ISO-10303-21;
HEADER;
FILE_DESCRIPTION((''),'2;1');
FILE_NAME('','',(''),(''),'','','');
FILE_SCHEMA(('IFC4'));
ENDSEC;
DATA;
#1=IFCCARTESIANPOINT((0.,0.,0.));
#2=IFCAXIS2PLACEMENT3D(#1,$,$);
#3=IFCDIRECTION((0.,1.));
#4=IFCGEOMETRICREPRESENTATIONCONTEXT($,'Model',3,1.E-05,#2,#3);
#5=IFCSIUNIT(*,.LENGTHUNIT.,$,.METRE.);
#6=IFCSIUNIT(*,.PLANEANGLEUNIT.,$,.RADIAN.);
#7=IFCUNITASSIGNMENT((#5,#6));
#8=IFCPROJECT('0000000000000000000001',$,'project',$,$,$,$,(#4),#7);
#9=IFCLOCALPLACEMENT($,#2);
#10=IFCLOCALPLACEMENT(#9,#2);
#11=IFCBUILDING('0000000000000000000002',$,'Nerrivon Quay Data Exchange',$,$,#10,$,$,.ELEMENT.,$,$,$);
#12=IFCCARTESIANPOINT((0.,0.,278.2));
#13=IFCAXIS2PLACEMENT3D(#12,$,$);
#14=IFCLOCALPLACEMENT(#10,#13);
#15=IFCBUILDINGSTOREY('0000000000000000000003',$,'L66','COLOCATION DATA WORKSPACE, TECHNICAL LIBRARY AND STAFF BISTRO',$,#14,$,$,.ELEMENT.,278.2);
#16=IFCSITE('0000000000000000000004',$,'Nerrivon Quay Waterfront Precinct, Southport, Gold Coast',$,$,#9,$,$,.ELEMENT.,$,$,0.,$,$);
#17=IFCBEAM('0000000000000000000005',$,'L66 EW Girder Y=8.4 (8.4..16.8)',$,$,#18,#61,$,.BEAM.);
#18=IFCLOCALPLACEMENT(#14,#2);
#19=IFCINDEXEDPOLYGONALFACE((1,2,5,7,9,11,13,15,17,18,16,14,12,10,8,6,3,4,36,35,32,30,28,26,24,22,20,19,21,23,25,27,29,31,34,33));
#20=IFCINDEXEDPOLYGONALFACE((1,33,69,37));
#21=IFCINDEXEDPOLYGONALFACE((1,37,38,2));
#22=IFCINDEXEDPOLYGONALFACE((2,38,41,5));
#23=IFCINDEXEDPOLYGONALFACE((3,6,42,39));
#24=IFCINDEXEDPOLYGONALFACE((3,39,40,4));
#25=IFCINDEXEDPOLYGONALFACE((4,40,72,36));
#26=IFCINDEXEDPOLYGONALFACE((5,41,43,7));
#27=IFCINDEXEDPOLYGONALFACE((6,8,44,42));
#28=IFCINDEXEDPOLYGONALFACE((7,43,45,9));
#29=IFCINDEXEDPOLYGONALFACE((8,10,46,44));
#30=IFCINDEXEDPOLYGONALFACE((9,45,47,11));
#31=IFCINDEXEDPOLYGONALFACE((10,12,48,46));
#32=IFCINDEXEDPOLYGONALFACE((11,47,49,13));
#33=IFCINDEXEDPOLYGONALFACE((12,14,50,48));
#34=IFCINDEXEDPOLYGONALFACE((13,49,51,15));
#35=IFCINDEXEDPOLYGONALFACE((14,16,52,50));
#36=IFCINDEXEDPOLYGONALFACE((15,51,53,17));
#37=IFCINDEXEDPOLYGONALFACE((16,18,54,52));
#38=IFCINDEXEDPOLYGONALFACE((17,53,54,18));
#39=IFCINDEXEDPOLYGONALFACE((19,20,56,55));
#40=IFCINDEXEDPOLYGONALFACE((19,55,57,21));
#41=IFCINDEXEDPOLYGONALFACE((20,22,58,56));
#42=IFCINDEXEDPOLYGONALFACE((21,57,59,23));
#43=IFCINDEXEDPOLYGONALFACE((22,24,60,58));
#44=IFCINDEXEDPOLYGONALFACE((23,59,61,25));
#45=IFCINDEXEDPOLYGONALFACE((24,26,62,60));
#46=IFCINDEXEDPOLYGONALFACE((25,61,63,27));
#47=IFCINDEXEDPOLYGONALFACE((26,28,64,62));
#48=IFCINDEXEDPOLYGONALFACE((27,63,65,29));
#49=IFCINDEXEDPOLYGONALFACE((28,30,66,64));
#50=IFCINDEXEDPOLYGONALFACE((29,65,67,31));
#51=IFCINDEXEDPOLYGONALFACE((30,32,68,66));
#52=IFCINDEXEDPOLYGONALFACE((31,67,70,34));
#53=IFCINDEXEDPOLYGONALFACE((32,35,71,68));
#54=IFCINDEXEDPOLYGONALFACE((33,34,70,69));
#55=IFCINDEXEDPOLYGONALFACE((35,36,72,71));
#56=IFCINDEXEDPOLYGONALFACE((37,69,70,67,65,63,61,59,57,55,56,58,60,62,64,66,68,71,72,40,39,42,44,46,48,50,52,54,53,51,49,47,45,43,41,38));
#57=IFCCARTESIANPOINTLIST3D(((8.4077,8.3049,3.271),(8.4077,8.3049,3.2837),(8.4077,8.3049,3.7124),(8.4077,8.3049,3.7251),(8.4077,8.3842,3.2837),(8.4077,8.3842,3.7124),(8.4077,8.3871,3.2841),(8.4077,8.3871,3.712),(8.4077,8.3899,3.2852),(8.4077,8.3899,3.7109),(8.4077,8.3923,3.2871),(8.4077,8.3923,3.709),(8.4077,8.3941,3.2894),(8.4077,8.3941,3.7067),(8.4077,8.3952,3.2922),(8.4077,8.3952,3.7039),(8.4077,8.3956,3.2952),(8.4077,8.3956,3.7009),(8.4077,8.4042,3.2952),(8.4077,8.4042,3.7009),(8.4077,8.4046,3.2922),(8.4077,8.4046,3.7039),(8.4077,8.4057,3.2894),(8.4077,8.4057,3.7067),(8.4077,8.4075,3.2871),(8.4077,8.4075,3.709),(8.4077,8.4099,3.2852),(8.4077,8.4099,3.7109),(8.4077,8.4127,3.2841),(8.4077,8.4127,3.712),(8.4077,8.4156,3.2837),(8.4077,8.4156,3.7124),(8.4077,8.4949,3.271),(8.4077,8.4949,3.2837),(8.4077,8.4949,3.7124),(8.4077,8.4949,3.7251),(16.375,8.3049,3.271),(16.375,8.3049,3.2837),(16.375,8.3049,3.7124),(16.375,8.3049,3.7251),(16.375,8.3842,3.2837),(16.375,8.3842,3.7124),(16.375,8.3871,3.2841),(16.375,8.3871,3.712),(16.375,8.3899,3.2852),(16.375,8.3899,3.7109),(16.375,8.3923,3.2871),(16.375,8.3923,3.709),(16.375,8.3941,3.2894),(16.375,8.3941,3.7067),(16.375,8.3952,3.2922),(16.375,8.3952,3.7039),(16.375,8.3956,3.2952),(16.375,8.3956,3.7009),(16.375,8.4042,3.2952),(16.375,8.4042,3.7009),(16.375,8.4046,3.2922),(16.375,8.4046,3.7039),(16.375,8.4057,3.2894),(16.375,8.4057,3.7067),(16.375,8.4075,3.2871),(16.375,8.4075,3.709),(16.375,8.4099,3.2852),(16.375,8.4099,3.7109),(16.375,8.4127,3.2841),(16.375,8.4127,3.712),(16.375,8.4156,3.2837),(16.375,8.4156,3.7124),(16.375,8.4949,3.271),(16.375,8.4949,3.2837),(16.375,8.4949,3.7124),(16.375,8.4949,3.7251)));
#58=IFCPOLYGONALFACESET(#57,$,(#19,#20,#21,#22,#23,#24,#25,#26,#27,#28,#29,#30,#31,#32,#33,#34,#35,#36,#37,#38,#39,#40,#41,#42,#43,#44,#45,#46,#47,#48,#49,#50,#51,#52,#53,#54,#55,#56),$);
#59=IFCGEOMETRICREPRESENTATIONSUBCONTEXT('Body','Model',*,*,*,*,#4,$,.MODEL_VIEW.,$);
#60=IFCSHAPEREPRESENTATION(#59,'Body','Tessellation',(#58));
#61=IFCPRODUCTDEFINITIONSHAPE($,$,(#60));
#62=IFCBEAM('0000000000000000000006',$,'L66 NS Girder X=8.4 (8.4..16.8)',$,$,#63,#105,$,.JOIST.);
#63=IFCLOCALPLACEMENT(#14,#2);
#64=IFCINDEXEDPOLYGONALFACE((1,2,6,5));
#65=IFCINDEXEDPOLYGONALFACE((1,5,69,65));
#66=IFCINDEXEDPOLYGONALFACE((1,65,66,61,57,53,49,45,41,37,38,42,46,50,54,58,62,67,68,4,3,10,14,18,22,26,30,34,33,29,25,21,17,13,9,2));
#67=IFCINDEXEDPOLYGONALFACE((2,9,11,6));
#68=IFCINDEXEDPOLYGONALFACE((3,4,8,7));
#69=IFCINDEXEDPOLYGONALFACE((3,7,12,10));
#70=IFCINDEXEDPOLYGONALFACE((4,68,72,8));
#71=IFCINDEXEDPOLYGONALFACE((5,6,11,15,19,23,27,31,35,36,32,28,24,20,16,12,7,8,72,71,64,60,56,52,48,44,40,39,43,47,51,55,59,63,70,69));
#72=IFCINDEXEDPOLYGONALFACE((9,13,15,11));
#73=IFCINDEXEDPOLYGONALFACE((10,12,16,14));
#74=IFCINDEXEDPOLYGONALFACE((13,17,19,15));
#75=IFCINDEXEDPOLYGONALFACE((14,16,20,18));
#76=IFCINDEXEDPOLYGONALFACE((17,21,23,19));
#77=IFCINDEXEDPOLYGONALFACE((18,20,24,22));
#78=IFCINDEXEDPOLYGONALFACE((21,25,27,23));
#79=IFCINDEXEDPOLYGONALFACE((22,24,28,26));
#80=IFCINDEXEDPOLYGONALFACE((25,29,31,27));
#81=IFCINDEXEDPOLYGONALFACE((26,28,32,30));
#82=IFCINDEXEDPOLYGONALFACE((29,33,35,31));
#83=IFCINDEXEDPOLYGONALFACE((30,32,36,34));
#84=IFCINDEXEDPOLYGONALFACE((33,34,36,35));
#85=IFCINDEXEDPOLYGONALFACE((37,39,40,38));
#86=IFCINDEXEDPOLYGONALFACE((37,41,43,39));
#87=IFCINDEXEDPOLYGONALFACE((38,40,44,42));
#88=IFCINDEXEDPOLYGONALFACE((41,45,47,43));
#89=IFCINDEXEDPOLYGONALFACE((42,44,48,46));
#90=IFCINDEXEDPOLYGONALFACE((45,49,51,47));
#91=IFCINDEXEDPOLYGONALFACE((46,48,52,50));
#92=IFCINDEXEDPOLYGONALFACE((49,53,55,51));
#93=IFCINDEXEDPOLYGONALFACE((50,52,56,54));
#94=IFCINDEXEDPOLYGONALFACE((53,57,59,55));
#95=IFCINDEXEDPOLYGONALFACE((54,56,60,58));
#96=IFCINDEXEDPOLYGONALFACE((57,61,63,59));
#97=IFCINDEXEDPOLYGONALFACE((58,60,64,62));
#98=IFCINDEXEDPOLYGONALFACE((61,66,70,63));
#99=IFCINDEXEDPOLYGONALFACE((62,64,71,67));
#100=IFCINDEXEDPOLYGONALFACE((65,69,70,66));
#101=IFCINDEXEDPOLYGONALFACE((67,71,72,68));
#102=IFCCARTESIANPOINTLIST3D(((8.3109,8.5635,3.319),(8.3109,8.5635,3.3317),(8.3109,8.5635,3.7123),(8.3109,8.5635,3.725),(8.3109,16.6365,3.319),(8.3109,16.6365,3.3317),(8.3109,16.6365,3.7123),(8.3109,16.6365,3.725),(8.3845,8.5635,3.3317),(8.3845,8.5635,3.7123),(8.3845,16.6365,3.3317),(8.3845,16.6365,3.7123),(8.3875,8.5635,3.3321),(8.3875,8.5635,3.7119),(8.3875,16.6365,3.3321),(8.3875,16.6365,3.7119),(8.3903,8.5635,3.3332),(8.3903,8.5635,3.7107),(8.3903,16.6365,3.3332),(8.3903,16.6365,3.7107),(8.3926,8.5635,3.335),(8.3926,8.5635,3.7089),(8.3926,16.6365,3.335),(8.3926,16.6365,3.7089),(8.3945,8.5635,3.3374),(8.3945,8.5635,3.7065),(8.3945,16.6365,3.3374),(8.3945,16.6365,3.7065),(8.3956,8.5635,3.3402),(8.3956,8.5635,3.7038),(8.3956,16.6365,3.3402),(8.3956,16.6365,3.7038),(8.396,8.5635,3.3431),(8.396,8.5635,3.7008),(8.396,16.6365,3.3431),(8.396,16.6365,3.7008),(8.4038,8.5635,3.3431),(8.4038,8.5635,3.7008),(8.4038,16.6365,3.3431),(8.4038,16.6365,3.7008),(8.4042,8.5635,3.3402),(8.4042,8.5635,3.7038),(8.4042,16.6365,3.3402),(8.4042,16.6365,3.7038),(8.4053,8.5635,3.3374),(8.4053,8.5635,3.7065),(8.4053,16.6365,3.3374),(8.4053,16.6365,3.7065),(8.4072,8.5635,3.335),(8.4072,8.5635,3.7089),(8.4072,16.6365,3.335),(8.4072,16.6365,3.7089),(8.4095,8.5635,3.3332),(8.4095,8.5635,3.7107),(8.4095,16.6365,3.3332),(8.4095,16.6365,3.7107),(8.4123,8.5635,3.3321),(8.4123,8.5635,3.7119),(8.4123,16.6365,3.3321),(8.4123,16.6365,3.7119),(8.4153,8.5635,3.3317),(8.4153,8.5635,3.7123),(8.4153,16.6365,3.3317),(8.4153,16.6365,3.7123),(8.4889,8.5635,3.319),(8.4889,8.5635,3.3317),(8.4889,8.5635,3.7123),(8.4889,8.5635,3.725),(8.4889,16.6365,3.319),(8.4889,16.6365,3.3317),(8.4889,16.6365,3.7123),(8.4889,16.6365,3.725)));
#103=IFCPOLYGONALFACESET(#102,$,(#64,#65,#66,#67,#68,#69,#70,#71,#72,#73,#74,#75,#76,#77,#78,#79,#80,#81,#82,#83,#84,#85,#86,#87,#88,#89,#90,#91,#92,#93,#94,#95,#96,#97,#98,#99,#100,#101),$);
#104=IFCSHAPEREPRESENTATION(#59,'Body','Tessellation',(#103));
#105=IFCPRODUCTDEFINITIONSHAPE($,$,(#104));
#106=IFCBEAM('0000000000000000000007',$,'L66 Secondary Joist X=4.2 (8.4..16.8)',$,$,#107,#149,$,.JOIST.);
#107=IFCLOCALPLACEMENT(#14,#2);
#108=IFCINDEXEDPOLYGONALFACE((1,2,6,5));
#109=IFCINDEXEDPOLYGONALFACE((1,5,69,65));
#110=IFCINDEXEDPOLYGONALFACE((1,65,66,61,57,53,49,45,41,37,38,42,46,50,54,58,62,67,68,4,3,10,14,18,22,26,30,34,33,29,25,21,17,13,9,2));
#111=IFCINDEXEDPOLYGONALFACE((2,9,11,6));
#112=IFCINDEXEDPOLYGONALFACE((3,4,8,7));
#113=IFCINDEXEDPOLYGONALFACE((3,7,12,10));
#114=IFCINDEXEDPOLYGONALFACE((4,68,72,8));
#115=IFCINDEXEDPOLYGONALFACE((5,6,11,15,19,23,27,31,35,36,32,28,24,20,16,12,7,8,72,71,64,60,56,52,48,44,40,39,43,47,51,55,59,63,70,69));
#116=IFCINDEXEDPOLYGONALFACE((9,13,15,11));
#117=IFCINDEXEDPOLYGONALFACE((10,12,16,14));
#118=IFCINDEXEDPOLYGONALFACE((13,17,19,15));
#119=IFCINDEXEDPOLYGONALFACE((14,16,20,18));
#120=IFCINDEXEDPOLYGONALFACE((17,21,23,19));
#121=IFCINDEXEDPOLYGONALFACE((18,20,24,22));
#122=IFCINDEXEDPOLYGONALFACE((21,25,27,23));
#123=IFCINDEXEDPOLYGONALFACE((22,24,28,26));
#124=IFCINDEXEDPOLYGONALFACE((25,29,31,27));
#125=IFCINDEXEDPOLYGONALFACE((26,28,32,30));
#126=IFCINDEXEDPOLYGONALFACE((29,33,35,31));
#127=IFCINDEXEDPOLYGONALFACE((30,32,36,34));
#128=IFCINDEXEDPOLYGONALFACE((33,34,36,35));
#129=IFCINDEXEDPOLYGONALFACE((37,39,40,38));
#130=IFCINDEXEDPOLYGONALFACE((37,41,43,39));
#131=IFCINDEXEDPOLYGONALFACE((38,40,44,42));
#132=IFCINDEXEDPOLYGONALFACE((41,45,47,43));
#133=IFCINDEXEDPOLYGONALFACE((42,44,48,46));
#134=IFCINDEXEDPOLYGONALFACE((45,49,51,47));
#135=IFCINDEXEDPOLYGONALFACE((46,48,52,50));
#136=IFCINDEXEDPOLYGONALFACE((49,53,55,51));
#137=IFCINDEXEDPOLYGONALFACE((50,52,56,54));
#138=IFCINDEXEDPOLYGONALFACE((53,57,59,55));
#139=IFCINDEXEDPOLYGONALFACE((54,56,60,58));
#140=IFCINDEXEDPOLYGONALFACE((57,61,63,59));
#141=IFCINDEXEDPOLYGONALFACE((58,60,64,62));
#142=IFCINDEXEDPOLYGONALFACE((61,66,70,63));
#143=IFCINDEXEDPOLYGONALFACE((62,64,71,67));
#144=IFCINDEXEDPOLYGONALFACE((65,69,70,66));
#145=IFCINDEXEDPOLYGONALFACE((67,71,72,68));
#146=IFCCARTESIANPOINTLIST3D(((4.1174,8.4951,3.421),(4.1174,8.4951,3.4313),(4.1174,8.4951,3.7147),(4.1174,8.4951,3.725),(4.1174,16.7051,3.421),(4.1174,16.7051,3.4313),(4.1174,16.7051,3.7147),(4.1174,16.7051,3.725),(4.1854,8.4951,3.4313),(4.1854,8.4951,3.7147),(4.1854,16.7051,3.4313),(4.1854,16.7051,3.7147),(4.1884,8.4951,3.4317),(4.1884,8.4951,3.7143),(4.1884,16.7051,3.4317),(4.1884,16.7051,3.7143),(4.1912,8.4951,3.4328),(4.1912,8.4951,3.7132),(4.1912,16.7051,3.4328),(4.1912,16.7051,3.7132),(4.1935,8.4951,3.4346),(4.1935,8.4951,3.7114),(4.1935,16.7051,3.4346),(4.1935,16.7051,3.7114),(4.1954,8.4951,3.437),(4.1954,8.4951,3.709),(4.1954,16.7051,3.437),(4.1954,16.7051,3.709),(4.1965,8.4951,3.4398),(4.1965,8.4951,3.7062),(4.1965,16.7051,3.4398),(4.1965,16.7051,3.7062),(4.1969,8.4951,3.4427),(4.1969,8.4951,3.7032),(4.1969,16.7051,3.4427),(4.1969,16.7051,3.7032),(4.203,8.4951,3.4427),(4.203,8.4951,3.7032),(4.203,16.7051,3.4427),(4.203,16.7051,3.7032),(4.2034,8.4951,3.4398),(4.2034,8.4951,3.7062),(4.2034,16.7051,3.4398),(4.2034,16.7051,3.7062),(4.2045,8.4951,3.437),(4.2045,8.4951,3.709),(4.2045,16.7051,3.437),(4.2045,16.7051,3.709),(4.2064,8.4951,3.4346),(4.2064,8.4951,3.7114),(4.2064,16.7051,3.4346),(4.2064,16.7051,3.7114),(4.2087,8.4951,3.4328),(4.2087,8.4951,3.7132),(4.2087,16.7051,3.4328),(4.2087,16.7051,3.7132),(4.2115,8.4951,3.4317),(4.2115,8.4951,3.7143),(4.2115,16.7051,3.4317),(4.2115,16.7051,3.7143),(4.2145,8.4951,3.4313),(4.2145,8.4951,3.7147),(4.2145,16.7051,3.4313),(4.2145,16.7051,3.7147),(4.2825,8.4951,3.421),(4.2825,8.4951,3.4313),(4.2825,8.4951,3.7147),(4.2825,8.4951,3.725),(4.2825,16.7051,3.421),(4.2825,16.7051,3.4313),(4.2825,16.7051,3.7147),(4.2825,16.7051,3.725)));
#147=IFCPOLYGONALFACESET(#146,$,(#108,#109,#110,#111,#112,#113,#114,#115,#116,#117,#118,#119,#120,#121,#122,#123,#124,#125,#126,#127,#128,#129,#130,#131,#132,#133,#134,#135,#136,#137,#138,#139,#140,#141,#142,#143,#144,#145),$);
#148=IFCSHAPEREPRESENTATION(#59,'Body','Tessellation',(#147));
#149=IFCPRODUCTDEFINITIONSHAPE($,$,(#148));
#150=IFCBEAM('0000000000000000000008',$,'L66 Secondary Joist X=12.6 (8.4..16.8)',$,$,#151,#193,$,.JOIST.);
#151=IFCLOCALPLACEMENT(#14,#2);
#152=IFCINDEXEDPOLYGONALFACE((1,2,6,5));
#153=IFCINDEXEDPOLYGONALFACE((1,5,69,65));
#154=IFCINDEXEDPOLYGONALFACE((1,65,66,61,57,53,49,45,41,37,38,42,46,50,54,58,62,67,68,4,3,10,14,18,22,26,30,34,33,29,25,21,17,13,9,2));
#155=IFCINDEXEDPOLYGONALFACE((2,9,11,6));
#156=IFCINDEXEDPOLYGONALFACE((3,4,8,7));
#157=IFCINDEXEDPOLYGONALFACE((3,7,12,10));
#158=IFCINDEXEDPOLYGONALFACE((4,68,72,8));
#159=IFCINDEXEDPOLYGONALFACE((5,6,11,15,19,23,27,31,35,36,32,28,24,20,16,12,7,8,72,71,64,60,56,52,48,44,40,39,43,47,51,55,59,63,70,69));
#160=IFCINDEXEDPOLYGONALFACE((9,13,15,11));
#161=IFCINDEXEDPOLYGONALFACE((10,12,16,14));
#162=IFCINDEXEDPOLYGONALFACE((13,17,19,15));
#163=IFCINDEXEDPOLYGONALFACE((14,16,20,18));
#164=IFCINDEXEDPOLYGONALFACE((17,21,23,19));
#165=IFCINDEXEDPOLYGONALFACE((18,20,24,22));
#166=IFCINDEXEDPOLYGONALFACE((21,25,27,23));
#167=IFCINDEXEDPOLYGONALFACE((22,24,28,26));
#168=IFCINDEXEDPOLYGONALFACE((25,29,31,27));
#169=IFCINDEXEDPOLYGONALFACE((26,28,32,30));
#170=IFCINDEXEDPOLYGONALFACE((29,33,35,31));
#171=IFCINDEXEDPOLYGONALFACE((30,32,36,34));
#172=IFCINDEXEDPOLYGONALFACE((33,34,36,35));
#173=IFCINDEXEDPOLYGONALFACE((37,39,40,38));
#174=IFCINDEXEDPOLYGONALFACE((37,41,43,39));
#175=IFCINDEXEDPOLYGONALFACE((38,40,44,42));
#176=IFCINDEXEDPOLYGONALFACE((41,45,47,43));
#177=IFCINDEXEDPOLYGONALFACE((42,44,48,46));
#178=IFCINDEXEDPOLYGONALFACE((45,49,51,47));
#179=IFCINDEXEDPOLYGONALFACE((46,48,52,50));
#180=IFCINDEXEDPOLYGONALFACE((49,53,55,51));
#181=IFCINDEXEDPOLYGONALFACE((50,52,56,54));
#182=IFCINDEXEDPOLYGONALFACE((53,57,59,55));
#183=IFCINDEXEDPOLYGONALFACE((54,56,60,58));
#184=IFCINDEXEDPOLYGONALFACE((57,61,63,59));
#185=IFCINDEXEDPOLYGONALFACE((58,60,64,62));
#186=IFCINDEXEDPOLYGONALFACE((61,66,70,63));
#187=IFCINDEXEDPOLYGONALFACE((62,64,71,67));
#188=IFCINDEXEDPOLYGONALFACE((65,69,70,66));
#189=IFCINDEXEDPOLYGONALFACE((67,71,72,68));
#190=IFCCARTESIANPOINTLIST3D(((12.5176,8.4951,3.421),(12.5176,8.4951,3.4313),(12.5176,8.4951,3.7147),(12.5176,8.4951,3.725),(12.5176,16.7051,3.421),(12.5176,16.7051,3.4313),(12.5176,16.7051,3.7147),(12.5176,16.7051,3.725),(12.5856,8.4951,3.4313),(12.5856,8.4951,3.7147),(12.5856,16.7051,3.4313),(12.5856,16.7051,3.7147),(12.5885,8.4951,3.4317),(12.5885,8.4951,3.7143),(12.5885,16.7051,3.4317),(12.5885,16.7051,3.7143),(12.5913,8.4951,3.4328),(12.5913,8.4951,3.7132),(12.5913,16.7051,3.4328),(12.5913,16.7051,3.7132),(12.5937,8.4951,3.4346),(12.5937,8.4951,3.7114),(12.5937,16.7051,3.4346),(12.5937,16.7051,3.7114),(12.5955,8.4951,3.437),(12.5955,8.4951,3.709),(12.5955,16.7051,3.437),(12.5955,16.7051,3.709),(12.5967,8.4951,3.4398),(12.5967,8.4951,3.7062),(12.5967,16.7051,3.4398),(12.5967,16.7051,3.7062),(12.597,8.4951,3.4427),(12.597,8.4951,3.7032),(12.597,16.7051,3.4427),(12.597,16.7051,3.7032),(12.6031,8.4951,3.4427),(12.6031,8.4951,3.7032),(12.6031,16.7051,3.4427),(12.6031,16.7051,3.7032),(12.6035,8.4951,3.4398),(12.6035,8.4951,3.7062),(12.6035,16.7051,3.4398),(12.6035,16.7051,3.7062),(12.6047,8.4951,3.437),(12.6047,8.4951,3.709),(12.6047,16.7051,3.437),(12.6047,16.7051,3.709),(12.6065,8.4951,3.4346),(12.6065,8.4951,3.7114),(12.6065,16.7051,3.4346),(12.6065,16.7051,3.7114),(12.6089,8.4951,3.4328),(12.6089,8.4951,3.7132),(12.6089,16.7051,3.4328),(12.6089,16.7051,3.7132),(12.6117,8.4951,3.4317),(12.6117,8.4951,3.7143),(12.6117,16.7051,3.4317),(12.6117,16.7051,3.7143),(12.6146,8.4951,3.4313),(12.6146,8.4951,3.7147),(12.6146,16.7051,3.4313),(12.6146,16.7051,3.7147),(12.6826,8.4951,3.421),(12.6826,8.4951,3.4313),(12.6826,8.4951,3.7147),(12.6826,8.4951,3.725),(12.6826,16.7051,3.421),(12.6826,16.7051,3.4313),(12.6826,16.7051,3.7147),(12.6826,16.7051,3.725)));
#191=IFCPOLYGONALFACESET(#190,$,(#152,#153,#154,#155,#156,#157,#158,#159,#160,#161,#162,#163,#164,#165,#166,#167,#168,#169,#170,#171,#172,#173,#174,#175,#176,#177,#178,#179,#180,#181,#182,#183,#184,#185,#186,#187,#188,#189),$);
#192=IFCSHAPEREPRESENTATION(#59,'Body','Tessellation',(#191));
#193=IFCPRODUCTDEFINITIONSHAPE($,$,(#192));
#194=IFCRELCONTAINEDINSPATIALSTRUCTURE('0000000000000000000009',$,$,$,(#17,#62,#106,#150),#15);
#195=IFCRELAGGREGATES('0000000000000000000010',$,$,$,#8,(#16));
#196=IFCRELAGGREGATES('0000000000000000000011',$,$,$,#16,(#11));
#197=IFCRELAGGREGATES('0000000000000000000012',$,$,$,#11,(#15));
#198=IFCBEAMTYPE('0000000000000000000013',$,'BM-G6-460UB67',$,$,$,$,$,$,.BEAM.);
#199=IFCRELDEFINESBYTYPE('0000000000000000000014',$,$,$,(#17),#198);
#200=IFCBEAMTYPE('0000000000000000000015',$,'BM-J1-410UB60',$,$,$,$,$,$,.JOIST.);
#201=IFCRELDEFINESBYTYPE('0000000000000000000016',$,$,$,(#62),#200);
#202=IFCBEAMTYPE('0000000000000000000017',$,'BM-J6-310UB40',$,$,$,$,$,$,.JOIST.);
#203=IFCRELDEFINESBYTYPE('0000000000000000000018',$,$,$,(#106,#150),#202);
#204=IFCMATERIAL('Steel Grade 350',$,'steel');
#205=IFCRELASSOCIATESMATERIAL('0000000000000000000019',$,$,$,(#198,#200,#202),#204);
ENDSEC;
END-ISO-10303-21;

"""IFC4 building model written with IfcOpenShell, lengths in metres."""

from ifc_helpers import new_model, si_unit, direction, frame, origin, origin_2d, place, context, subcontext, project, spatial, i_section, extrude, material, material_profile, profile_set, type_object, element, save


model = new_model("IFC4")

# Units and contexts
model_context = context("Model", 3, precision=1e-05, world=origin(), true_north=direction((0.0, 1.0)))
body_context = subcontext(model_context, "Body", "Model", "MODEL_VIEW")
ifc_project = project(units=[si_unit("LENGTHUNIT", "METRE"), si_unit("PLANEANGLEUNIT", "RADIAN")], contexts=[model_context])

# Site, building, storey
site_placement = place(None, origin())
site = spatial("IfcSite", under=ifc_project, at=site_placement, Name="Nerrivon Quay Waterfront Precinct, Southport, Gold Coast", CompositionType="ELEMENT", RefElevation=0.0)
building_placement = place(site_placement, origin())
building = spatial("IfcBuilding", under=site, at=building_placement, Name="Nerrivon Quay Data Exchange", CompositionType="ELEMENT")
storey_placement = place(building_placement, frame((0.0, 0.0, 278.2)))
storey = spatial("IfcBuildingStorey", under=building, at=storey_placement, Name="L66", Description="COLOCATION DATA WORKSPACE, TECHNICAL LIBRARY AND STAFF BISTRO", CompositionType="ELEMENT", Elevation=278.2)

# Shared definitions
ifc_material_1 = material(Name="Steel Grade 350", Category="steel")

# Beams
ifc_material_profile_1 = material_profile(ifc_material_1, i_section(OverallWidth=0.1899, OverallDepth=0.4541, WebThickness=0.0085, FlangeThickness=0.0127, FilletRadius=0.0115, at=origin_2d()), Name="460UB67.1")
ifc_profile_set_1 = profile_set([ifc_material_profile_1], Name="Steel Grade 350")
beam_type_1 = type_object("IfcBeamType", Name="BM-G6-460UB67", PredefinedType="BEAM", material=ifc_profile_set_1)
beam_1_placement = place(storey_placement, frame((8.4077, 8.3999, 3.498), z_axis=(1.0, 0.0, 0.0), x_axis=(0.0, 1.0, 0.0)))
element("IfcBeam", 1, at=beam_1_placement, inside=storey, type_object=beam_type_1, Name="L66 EW Girder Y=8.4 (8.4..16.8)", PredefinedType="BEAM", context=body_context, shape_type="SweptSolid", body=[
    extrude(i_section(OverallWidth=0.1899, OverallDepth=0.4541, WebThickness=0.0085, FlangeThickness=0.0127, FilletRadius=0.0115, at=origin_2d()), origin(), (0.0, 0.0, 1.0), 7.9673),
])
ifc_material_profile_2 = material_profile(ifc_material_1, i_section(OverallWidth=0.178, OverallDepth=0.406, WebThickness=0.0078, FlangeThickness=0.0127, FilletRadius=0.0115, at=origin_2d()), Name="410UB59.7")
ifc_profile_set_2 = profile_set([ifc_material_profile_2], Name="Steel Grade 350")
beam_type_2 = type_object("IfcBeamType", Name="BM-J1-410UB60", PredefinedType="JOIST", material=ifc_profile_set_2)
beam_2_placement = place(storey_placement, frame((8.3999, 8.5635, 3.522), z_axis=(0.0, 1.0, 0.0), x_axis=(-1.0, 0.0, 0.0)))
element("IfcBeam", 2, at=beam_2_placement, inside=storey, type_object=beam_type_2, Name="L66 NS Girder X=8.4 (8.4..16.8)", PredefinedType="JOIST", context=body_context, shape_type="SweptSolid", body=[
    extrude(i_section(OverallWidth=0.178, OverallDepth=0.406, WebThickness=0.0078, FlangeThickness=0.0127, FilletRadius=0.0115, at=origin_2d()), origin(), (0.0, 0.0, 1.0), 8.073),
])
ifc_material_profile_3 = material_profile(ifc_material_1, i_section(OverallWidth=0.165, OverallDepth=0.304, WebThickness=0.0061, FlangeThickness=0.0103, FilletRadius=0.0115, at=origin_2d()), Name="310UB40.4")
ifc_profile_set_3 = profile_set([ifc_material_profile_3], Name="Steel Grade 350")
beam_type_3 = type_object("IfcBeamType", Name="BM-J6-310UB40", PredefinedType="JOIST", material=ifc_profile_set_3)
for number, where, z_axis, x_axis, name in (
    (3, (4.2, 8.4951, 3.573), (0.0, 1.0, 0.0), (-1.0, 0.0, 0.0), "L66 Secondary Joist X=4.2 (8.4..16.8)"),
    (4, (12.6001, 8.4951, 3.573), (0.0, 1.0, 0.0), (-1.0, 0.0, 0.0), "L66 Secondary Joist X=12.6 (8.4..16.8)"),
):
    element("IfcBeam", number, at=place(storey_placement, frame(where, z_axis=z_axis, x_axis=x_axis)), inside=storey, type_object=beam_type_3, Name=name, PredefinedType="JOIST", context=body_context, shape_type="SweptSolid", body=[
        extrude(i_section(OverallWidth=0.165, OverallDepth=0.304, WebThickness=0.0061, FlangeThickness=0.0103, FilletRadius=0.0115, at=origin_2d()), origin(), (0.0, 0.0, 1.0), 8.21),
    ])

save(model, "model.ifc")
